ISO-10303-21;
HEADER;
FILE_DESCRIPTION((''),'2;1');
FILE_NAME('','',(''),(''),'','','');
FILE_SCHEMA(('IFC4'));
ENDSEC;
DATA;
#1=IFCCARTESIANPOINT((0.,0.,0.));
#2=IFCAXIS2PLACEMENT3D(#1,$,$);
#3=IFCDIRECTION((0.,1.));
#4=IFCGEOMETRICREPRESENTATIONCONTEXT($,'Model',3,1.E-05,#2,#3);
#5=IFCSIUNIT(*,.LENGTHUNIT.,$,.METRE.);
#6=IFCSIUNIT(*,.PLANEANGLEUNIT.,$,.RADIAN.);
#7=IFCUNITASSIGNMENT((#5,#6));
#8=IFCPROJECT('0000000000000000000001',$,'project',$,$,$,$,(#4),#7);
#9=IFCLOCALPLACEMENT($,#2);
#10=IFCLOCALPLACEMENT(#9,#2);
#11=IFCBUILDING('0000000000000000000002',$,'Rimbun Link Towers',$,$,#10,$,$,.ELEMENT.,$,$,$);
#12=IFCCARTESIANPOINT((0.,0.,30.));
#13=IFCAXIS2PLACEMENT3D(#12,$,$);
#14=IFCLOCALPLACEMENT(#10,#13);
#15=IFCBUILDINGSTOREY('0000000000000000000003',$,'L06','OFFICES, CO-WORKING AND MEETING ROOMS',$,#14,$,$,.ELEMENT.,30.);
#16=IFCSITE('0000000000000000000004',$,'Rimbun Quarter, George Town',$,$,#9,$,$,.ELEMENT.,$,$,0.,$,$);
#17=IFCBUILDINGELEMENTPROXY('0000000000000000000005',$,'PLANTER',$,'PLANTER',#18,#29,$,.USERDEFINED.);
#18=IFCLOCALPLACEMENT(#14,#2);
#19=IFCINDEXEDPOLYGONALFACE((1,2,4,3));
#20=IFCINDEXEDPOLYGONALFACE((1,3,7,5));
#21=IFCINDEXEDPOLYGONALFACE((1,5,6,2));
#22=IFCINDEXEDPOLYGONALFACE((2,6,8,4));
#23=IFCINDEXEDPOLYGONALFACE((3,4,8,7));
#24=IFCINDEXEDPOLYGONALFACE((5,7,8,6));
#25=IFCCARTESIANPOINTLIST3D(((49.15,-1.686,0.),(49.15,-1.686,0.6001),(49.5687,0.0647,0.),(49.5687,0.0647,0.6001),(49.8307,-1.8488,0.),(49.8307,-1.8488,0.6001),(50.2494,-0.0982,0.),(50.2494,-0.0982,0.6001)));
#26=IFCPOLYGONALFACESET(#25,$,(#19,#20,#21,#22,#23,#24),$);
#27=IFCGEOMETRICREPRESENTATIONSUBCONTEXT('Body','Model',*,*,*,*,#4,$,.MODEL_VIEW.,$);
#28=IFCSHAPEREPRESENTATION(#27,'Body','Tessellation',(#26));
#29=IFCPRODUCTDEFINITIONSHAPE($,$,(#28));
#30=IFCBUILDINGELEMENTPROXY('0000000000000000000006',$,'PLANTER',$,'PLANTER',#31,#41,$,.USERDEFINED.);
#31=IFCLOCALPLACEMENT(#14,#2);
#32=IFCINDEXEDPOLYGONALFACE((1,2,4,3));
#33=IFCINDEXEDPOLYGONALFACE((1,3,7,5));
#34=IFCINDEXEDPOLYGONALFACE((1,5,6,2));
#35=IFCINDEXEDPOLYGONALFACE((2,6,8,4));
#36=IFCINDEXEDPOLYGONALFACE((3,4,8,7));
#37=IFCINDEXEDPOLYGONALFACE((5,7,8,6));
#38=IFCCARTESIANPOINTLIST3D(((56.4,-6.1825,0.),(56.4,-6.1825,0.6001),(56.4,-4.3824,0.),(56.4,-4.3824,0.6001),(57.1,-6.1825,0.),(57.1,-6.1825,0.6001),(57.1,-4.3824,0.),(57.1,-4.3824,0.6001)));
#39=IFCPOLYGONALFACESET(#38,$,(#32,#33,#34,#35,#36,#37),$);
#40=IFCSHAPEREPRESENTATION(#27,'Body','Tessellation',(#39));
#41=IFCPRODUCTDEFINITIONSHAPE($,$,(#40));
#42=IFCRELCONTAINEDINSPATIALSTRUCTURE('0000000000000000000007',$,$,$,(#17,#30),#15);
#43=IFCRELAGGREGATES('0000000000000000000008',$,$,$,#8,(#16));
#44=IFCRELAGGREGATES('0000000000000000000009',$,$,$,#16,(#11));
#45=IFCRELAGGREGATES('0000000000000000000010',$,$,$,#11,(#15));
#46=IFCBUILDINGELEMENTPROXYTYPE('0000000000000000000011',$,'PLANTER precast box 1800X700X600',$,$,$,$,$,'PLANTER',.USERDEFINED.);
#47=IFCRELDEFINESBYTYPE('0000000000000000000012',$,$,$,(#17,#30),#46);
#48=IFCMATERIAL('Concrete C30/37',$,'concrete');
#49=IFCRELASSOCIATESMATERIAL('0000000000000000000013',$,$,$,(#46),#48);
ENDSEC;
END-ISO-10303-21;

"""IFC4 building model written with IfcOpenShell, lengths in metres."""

from ifc_helpers import new_model, si_unit, direction, frame, origin, origin_2d, place, context, subcontext, project, spatial, rectangle, extrude, material, type_object, element, save


model = new_model("IFC4")

# Units and contexts
model_context = context("Model", 3, precision=1e-05, world=origin(), true_north=direction((0.0, 1.0)))
body_context = subcontext(model_context, "Body", "Model", "MODEL_VIEW")
ifc_project = project(units=[si_unit("LENGTHUNIT", "METRE"), si_unit("PLANEANGLEUNIT", "RADIAN")], contexts=[model_context])

# Site, building, storey
site_placement = place(None, origin())
site = spatial("IfcSite", under=ifc_project, at=site_placement, Name="Rimbun Quarter, George Town", CompositionType="ELEMENT", RefElevation=0.0)
building_placement = place(site_placement, origin())
building = spatial("IfcBuilding", under=site, at=building_placement, Name="Rimbun Link Towers", CompositionType="ELEMENT")
storey_placement = place(building_placement, frame((0.0, 0.0, 30.0)))
storey = spatial("IfcBuildingStorey", under=building, at=storey_placement, Name="L06", Description="OFFICES, CO-WORKING AND MEETING ROOMS", CompositionType="ELEMENT", Elevation=30.0)

# Building element proxies
ifc_material_1 = material(Name="Concrete C30/37", Category="concrete")
building_element_proxy_type = type_object("IfcBuildingElementProxyType", Name="PLANTER precast box 1800X700X600", ElementType="PLANTER", PredefinedType="USERDEFINED", material=ifc_material_1)
for number, where, z_axis, x_axis, name in (
    (1, (49.6997, -0.8921, 0.0), (0.0, 0.0, 1.0), (0.232613, 0.972569, 0.0), "PLANTER"),
    (2, (56.75, -5.2825, 0.0), (0.0, 0.0, 1.0), (0.0, 1.0, 0.0), "PLANTER"),
):
    element("IfcBuildingElementProxy", number, at=place(storey_placement, frame(where, z_axis=z_axis, x_axis=x_axis)), inside=storey, type_object=building_element_proxy_type, Name=name, ObjectType="PLANTER", PredefinedType="USERDEFINED", context=body_context, shape_type="SweptSolid", body=[
        extrude(rectangle(XDim=1.8, YDim=0.7, at=origin_2d()), origin(), (0.0, 0.0, 1.0), 0.6001),
    ])

save(model, "model.ifc")
